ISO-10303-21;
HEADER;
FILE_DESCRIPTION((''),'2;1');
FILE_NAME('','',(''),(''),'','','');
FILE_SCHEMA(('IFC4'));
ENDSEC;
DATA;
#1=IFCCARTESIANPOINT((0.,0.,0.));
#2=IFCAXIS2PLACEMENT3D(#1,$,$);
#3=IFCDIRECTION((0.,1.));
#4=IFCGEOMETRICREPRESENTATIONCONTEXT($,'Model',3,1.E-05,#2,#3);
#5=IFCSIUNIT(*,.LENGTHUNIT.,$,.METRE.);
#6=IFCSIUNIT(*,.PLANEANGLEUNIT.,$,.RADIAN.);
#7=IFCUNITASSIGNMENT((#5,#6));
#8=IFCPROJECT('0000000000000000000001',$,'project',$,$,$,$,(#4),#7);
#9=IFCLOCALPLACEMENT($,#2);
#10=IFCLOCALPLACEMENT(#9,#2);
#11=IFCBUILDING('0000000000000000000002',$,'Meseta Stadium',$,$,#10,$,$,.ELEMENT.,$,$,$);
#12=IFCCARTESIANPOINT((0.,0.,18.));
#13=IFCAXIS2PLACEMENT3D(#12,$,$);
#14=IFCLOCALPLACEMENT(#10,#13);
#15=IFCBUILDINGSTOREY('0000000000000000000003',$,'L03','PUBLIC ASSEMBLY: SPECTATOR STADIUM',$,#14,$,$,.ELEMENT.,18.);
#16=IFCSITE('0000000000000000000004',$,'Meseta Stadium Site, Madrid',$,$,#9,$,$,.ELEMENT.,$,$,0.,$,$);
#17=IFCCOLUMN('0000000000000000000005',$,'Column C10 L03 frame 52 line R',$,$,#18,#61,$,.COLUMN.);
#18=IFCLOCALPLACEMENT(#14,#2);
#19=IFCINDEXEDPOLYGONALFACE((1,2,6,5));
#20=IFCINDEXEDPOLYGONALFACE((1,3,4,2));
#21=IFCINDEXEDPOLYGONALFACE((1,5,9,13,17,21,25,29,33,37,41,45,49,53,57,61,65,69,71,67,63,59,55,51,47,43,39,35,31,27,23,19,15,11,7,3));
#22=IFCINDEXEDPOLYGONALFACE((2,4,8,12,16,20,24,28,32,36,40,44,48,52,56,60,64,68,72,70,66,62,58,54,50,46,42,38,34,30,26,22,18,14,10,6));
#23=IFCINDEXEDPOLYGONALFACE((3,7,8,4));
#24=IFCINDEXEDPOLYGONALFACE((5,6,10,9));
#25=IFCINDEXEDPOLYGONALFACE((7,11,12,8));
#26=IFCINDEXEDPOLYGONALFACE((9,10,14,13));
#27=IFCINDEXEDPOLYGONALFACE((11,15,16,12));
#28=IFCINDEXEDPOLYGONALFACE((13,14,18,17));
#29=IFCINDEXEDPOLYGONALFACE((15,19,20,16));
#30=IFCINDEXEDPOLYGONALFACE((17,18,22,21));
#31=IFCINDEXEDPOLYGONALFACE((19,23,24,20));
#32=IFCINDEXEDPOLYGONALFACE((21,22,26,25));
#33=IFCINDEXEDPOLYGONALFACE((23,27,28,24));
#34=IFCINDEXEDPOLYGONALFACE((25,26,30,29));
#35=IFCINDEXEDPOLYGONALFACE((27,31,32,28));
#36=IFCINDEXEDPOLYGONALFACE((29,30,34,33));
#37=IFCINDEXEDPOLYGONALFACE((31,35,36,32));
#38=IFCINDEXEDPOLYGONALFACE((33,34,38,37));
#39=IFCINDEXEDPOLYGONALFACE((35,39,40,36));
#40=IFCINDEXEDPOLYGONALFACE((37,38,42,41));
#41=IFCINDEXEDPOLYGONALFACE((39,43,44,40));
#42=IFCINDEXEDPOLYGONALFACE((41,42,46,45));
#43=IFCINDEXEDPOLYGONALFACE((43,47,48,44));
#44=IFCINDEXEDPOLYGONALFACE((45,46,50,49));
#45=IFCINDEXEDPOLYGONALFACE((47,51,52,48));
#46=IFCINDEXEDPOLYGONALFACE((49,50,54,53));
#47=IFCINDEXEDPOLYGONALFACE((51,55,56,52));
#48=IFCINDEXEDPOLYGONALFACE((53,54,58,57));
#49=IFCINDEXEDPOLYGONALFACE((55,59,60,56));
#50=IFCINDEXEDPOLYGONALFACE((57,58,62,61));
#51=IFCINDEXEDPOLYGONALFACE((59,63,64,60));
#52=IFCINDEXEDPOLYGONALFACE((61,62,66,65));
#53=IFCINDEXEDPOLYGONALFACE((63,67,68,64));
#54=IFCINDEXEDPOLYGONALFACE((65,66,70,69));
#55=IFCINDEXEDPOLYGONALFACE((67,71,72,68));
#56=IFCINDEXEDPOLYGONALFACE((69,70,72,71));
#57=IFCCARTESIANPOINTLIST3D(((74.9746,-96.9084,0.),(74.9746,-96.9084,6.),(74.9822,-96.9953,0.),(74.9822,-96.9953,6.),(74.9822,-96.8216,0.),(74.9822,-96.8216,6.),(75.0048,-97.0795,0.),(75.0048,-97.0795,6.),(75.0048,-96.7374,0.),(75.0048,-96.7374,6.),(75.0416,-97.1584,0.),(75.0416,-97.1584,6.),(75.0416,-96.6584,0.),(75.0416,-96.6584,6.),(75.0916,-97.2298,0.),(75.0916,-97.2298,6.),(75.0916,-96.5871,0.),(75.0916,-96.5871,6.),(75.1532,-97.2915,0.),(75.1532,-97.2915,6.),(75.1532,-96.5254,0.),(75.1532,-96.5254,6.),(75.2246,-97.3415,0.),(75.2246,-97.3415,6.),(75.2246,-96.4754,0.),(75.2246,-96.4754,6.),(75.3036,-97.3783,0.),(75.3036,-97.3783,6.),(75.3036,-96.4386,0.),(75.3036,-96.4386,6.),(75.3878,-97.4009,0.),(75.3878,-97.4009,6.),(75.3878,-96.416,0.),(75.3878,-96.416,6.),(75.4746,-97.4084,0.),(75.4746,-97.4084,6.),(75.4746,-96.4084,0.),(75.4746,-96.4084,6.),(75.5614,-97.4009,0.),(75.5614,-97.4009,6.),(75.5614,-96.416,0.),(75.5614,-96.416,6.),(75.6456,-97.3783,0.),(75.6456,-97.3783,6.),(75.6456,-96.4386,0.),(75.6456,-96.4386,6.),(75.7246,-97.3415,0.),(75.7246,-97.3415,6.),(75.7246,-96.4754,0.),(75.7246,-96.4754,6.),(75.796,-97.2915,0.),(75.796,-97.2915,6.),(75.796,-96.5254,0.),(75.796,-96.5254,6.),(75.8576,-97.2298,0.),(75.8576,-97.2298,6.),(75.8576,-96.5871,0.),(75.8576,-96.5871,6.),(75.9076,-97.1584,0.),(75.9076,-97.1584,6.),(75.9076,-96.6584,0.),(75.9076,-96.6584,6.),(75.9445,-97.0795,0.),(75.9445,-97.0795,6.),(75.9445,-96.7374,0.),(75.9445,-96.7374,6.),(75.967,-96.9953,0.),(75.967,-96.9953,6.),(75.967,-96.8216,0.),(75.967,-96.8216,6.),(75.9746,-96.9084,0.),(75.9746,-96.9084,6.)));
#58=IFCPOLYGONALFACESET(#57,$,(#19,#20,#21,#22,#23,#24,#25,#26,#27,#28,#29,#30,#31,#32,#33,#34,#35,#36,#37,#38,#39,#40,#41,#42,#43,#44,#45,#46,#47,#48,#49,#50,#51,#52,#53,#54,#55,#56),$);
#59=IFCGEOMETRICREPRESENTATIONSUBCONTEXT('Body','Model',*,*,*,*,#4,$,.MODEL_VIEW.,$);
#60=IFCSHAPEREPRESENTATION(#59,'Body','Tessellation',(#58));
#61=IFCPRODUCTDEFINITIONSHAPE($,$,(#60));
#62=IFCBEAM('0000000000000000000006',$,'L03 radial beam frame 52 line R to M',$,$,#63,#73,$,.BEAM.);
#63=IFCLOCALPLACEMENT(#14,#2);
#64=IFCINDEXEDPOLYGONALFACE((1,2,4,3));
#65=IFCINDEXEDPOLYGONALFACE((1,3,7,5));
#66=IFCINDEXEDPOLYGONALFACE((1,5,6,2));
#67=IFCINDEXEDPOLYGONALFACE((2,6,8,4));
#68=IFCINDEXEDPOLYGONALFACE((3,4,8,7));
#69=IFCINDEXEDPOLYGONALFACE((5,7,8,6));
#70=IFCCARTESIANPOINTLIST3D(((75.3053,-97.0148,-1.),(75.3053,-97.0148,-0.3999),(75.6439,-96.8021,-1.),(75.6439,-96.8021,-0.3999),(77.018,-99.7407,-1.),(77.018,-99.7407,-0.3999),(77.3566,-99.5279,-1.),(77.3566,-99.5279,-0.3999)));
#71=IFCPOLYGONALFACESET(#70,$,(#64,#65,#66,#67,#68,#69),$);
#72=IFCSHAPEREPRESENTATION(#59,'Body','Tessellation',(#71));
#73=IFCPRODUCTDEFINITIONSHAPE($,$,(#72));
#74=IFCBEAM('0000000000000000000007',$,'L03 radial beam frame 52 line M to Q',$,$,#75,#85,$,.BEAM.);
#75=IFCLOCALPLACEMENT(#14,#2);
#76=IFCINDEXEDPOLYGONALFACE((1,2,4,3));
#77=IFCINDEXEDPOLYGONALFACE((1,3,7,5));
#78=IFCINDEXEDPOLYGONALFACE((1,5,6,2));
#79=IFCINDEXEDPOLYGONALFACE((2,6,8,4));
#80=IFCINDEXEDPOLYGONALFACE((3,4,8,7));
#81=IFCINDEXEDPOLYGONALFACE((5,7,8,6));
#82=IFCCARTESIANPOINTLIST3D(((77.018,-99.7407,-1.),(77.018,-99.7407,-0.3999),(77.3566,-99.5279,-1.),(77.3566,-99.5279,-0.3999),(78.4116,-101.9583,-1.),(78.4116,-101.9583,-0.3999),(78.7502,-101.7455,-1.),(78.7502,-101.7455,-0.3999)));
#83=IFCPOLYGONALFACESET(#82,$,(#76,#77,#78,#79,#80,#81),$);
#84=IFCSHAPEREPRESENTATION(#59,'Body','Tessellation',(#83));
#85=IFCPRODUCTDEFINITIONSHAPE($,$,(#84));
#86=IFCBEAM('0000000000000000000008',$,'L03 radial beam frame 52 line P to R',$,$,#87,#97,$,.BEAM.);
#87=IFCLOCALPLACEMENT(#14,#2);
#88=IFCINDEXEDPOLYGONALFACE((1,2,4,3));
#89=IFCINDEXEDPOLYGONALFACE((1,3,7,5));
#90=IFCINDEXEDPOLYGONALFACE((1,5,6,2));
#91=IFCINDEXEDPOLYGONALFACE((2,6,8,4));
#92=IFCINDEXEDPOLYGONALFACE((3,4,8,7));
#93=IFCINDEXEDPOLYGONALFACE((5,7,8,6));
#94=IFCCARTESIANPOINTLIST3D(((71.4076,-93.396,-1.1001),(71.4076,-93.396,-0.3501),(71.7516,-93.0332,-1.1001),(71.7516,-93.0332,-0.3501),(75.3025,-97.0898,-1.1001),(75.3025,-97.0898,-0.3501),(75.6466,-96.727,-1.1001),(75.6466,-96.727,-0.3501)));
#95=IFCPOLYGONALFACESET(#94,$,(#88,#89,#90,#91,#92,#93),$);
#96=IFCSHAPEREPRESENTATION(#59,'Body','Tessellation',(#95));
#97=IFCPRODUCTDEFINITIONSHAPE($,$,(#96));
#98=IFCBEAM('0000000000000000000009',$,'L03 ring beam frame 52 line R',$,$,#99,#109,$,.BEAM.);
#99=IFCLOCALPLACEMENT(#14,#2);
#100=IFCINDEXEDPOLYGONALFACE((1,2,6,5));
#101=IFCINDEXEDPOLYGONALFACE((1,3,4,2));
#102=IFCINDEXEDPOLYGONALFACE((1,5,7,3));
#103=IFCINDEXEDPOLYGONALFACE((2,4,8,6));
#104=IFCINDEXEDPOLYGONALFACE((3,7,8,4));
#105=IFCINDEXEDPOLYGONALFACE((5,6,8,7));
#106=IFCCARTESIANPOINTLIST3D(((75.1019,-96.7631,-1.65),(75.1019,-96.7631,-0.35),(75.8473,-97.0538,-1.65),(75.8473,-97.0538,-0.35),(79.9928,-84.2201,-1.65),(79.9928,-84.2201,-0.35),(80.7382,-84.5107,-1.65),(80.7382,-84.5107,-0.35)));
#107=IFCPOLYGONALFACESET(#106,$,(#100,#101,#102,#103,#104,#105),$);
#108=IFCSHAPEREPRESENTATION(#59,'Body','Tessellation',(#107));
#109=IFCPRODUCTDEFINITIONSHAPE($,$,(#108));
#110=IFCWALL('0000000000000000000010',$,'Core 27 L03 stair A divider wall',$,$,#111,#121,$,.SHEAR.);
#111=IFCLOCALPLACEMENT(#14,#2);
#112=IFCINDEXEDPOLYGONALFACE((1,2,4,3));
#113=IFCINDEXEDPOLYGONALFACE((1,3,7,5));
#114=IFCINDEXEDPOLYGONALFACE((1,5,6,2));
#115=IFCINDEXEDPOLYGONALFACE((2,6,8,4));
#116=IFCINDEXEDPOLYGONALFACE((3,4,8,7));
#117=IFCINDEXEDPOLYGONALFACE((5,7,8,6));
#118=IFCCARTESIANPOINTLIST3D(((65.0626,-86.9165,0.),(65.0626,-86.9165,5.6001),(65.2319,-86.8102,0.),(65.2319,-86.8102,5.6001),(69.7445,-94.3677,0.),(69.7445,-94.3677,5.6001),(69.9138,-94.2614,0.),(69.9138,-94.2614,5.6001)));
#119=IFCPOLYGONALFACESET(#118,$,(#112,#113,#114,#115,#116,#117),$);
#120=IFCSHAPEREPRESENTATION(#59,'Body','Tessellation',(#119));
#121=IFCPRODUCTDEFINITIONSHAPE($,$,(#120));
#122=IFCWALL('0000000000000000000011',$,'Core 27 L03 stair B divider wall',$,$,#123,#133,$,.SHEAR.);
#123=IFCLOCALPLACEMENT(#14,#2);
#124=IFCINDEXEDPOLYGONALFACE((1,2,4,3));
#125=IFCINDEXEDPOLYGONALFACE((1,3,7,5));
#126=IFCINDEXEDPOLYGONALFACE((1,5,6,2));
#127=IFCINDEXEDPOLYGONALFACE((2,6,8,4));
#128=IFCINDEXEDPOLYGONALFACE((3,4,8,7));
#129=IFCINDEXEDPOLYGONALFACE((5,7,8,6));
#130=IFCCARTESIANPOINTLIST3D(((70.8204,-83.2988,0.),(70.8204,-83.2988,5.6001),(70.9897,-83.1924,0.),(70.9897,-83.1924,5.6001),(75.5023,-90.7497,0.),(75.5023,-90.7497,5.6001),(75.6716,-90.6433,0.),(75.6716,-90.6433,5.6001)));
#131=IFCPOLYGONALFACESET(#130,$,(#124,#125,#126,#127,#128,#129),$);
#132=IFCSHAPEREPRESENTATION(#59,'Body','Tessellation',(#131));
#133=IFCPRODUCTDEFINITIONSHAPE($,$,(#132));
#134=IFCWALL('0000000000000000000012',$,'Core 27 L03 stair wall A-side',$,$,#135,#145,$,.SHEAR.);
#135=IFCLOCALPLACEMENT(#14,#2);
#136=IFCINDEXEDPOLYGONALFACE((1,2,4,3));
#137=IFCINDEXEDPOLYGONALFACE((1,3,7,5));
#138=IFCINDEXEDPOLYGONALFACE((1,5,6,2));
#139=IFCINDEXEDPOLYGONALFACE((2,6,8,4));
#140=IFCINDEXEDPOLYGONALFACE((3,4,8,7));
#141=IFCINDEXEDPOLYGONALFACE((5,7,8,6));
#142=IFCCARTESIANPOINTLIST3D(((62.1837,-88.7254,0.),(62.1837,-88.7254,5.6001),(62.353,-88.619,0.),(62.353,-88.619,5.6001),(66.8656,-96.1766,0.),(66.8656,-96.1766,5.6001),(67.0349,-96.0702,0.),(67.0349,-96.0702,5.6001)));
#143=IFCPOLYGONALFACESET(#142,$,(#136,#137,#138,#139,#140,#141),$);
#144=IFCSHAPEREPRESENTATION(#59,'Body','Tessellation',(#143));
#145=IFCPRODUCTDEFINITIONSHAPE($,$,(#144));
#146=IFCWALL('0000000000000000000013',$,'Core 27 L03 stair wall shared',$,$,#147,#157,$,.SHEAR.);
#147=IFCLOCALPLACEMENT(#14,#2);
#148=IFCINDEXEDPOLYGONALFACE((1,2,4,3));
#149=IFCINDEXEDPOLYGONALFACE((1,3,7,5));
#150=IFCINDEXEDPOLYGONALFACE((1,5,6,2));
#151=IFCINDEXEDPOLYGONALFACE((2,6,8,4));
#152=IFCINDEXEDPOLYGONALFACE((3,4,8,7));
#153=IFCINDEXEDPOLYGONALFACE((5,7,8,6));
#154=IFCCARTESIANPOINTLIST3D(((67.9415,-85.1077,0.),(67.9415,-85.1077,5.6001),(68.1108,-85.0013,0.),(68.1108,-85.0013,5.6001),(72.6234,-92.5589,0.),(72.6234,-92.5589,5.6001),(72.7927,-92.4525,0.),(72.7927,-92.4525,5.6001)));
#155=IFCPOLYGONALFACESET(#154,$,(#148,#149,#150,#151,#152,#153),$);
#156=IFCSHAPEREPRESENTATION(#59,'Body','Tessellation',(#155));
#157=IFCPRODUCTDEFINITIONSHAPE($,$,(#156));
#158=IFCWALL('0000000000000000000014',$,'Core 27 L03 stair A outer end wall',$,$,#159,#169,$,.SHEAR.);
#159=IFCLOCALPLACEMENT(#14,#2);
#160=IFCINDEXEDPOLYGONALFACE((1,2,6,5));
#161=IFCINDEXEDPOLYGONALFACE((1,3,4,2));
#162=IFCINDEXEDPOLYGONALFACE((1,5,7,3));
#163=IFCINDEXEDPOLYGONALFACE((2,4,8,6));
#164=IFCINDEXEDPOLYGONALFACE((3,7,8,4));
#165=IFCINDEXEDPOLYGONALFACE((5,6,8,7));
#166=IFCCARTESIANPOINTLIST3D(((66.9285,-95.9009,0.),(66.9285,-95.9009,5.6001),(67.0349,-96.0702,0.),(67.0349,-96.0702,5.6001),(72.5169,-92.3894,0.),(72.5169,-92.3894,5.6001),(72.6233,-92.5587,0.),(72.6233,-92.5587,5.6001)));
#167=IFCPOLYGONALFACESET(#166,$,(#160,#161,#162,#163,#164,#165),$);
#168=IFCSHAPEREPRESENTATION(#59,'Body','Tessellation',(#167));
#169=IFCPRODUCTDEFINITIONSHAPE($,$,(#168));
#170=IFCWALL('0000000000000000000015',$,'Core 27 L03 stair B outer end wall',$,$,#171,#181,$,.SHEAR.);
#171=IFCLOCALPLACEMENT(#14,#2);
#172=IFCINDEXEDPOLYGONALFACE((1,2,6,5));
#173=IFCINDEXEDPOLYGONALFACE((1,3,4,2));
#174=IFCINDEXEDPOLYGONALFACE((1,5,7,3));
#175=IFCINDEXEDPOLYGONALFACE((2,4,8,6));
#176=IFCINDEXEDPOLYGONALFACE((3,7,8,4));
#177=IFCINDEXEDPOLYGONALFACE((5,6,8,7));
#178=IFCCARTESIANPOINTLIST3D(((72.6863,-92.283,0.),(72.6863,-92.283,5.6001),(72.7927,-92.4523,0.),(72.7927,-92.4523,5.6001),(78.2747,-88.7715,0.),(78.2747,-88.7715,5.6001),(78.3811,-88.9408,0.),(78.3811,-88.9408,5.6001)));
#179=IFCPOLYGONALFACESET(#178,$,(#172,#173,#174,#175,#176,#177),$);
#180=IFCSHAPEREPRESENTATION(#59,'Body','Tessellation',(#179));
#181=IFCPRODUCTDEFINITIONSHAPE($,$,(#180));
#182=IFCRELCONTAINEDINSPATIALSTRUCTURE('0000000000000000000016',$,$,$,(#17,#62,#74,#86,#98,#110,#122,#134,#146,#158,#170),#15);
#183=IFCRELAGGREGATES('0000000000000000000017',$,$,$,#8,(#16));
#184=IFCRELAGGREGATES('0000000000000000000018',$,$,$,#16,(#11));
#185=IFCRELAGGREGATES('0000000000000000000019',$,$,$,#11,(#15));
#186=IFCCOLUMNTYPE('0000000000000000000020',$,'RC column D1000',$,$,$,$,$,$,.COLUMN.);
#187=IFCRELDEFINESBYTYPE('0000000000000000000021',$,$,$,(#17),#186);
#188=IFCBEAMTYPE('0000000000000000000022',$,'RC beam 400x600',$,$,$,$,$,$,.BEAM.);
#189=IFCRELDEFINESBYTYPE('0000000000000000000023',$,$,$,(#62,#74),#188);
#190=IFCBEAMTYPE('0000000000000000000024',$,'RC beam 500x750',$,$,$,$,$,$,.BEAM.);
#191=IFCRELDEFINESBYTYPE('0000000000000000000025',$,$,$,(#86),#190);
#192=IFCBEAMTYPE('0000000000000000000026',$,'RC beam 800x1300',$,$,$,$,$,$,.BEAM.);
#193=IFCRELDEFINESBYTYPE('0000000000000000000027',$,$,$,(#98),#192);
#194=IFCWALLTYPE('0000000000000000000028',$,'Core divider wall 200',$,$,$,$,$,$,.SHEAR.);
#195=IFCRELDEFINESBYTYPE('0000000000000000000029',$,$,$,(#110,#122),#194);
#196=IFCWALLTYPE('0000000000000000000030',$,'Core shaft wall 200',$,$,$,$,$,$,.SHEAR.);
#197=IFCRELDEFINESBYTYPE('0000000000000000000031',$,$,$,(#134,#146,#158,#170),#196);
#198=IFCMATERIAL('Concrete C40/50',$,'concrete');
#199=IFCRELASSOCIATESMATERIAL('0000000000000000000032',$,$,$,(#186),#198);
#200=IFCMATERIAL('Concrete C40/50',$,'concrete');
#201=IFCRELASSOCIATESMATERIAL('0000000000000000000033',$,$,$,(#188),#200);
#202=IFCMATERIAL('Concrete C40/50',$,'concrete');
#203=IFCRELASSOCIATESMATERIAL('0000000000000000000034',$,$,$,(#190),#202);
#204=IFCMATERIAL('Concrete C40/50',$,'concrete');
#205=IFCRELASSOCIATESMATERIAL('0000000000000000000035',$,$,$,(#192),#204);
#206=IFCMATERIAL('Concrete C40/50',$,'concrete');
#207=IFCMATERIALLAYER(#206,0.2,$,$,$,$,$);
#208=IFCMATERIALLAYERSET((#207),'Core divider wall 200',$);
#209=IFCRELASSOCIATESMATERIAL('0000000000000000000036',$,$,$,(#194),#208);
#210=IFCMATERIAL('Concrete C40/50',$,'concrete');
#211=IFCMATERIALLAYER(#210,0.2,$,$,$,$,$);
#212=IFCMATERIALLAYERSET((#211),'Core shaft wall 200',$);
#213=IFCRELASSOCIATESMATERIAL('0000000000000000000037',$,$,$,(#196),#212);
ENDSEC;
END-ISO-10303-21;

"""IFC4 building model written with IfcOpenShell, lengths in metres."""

from ifc_helpers import new_model, si_unit, direction, frame, frame_2d, origin, origin_2d, place, context, subcontext, project, spatial, rectangle, circle, extrude, material, layer, layer_set, material_profile, profile_set, type_object, element, save


model = new_model("IFC4")

# Units and contexts
model_context = context("Model", 3, precision=1e-05, world=origin(), true_north=direction((0.0, 1.0)))
body_context = subcontext(model_context, "Body", "Model", "MODEL_VIEW")
ifc_project = project(units=[si_unit("LENGTHUNIT", "METRE"), si_unit("PLANEANGLEUNIT", "RADIAN")], contexts=[model_context])

# Site, building, storey
site_placement = place(None, origin())
site = spatial("IfcSite", under=ifc_project, at=site_placement, Name="Meseta Stadium Site, Madrid", CompositionType="ELEMENT", RefElevation=0.0)
building_placement = place(site_placement, origin())
building = spatial("IfcBuilding", under=site, at=building_placement, Name="Meseta Stadium", CompositionType="ELEMENT")
storey_placement = place(building_placement, frame((0.0, 0.0, 18.0)))
storey = spatial("IfcBuildingStorey", under=building, at=storey_placement, Name="L03", Description="PUBLIC ASSEMBLY: SPECTATOR STADIUM", CompositionType="ELEMENT", Elevation=18.0)

# Column
ifc_material_1 = material(Name="Concrete C40/50", Category="concrete")
ifc_material_profile_1 = material_profile(ifc_material_1, circle(Radius=0.5, at=origin_2d()), Name="RC D1000")
ifc_profile_set_1 = profile_set([ifc_material_profile_1], Name="Concrete C40/50")
column_type = type_object("IfcColumnType", Name="RC column D1000", PredefinedType="COLUMN", material=ifc_profile_set_1)
column_placement = place(storey_placement, frame((75.4746, -96.9084, 0.0), z_axis=(0.0, 0.0, 1.0), x_axis=(1.0, 0.0, 0.0)))
element("IfcColumn", 1, at=column_placement, inside=storey, type_object=column_type, Name="Column C10 L03 frame 52 line R", PredefinedType="COLUMN", context=body_context, shape_type="SweptSolid", body=[
    extrude(circle(Radius=0.5, at=origin_2d()), origin(), (0.0, 0.0, 1.0), 6.0),
])

# Beams
ifc_material_2 = material(Name="Concrete C40/50", Category="concrete")
ifc_material_profile_2 = material_profile(ifc_material_2, rectangle(XDim=0.3999, YDim=0.6001, at=origin_2d()), Name="RC 400x600")
ifc_profile_set_2 = profile_set([ifc_material_profile_2], Name="Concrete C40/50")
beam_type_1 = type_object("IfcBeamType", Name="RC beam 400x600", PredefinedType="BEAM", material=ifc_profile_set_2)
beam_1_placement = place(storey_placement, frame((75.4746, -96.9084, -0.7), z_axis=(0.532008, -0.846739, 0.0), x_axis=(0.846739, 0.532008, 0.0)))
element("IfcBeam", 2, at=beam_1_placement, inside=storey, type_object=beam_type_1, Name="L03 radial beam frame 52 line R to M", PredefinedType="BEAM", context=body_context, shape_type="SweptSolid", body=[
    extrude(rectangle(XDim=0.3999, YDim=0.6001, at=origin_2d()), origin(), (0.0, 0.0, 1.0), 3.2192),
])
beam_2_placement = place(storey_placement, frame((77.1873, -99.6343, -0.7), z_axis=(0.532084, -0.846692, 0.0), x_axis=(0.846692, 0.532084, 0.0)))
element("IfcBeam", 3, at=beam_2_placement, inside=storey, type_object=beam_type_1, Name="L03 radial beam frame 52 line M to Q", PredefinedType="BEAM", context=body_context, shape_type="SweptSolid", body=[
    extrude(rectangle(XDim=0.3999, YDim=0.6001, at=origin_2d()), origin(), (0.0, 0.0, 1.0), 2.6191),
])
ifc_material_3 = material(Name="Concrete C40/50", Category="concrete")
ifc_material_profile_3 = material_profile(ifc_material_3, rectangle(XDim=0.5, YDim=0.75, at=origin_2d()), Name="RC 500x750")
ifc_profile_set_3 = profile_set([ifc_material_profile_3], Name="Concrete C40/50")
beam_type_2 = type_object("IfcBeamType", Name="RC beam 500x750", PredefinedType="BEAM", material=ifc_profile_set_3)
beam_3_placement = place(storey_placement, frame((71.5796, -93.2146, -0.7251), z_axis=(0.725596, -0.68812, 0.0), x_axis=(0.68812, 0.725596, 0.0)))
element("IfcBeam", 4, at=beam_3_placement, inside=storey, type_object=beam_type_2, Name="L03 radial beam frame 52 line P to R", PredefinedType="BEAM", context=body_context, shape_type="SweptSolid", body=[
    extrude(rectangle(XDim=0.5, YDim=0.75, at=origin_2d()), origin(), (0.0, 0.0, 1.0), 5.3679),
])
ifc_material_4 = material(Name="Concrete C40/50", Category="concrete")
ifc_material_profile_4 = material_profile(ifc_material_4, rectangle(XDim=0.8, YDim=1.3, at=origin_2d()), Name="RC 800x1300")
ifc_profile_set_4 = profile_set([ifc_material_profile_4], Name="Concrete C40/50")
beam_type_3 = type_object("IfcBeamType", Name="RC beam 800x1300", PredefinedType="BEAM", material=ifc_profile_set_4)
beam_4_placement = place(storey_placement, frame((75.4746, -96.9084, -1.0), z_axis=(0.363288, 0.931677, 0.0), x_axis=(-0.931677, 0.363288, 0.0)))
element("IfcBeam", 5, at=beam_4_placement, inside=storey, type_object=beam_type_3, Name="L03 ring beam frame 52 line R", PredefinedType="BEAM", context=body_context, shape_type="SweptSolid", body=[
    extrude(rectangle(XDim=0.8, YDim=1.3, at=origin_2d()), origin(), (0.0, 0.0, 1.0), 13.4629),
])

# Walls
ifc_material_5 = material(Name="Concrete C40/50", Category="concrete")
ifc_layer_1 = layer(ifc_material_5, 0.2)
ifc_layer_set_1 = layer_set([ifc_layer_1], Name="Core divider wall 200")
wall_type_1 = type_object("IfcWallType", Name="Core divider wall 200", PredefinedType="SHEAR", material=ifc_layer_set_1)
wall_1_placement = place(storey_placement, frame((69.8291, -94.3145, 0.0), z_axis=(0.0, 0.0, 1.0), x_axis=(-0.532032, 0.846724, 0.0)))
element("IfcWall", 6, at=wall_1_placement, inside=storey, type_object=wall_type_1, Name="Core 27 L03 stair A divider wall", PredefinedType="SHEAR", context=body_context, shape_type="SweptSolid", body=[
    extrude(rectangle(XDim=8.8, YDim=0.2, at=frame_2d((4.3999, 0.0))), origin(), (0.0, 0.0, 1.0), 5.6001),
])
wall_2_placement = place(storey_placement, frame((75.5869, -90.6965, 0.0), z_axis=(0.0, 0.0, 1.0), x_axis=(-0.532045, 0.846716, 0.0)))
element("IfcWall", 7, at=wall_2_placement, inside=storey, type_object=wall_type_1, Name="Core 27 L03 stair B divider wall", PredefinedType="SHEAR", context=body_context, shape_type="SweptSolid", body=[
    extrude(rectangle(XDim=8.7998, YDim=0.2, at=frame_2d((4.3999, 0.0))), origin(), (0.0, 0.0, 1.0), 5.6001),
])
ifc_material_6 = material(Name="Concrete C40/50", Category="concrete")
ifc_layer_2 = layer(ifc_material_6, 0.2)
ifc_layer_set_2 = layer_set([ifc_layer_2], Name="Core shaft wall 200")
wall_type_2 = type_object("IfcWallType", Name="Core shaft wall 200", PredefinedType="SHEAR", material=ifc_layer_set_2)
for number, where, z_axis, x_axis, name in (
    (8, (66.9502, -96.1233, 0.0), (0.0, 0.0, 1.0), (-0.532032, 0.846724, 0.0), "Core 27 L03 stair wall A-side"),
    (9, (72.708, -92.5056, 0.0), (0.0, 0.0, 1.0), (-0.532032, 0.846724, 0.0), "Core 27 L03 stair wall shared"),
):
    element("IfcWall", number, at=place(storey_placement, frame(where, z_axis=z_axis, x_axis=x_axis)), inside=storey, type_object=wall_type_2, Name=name, PredefinedType="SHEAR", context=body_context, shape_type="SweptSolid", body=[
        extrude(rectangle(XDim=8.8, YDim=0.2, at=frame_2d((4.3999, 0.0))), origin(), (0.0, 0.0, 1.0), 5.6001),
    ])
for number, where, z_axis, x_axis, name in (
    (10, (66.9817, -95.9856, 0.0), (0.0, 0.0, 1.0), (0.84672, 0.532039, 0.0), "Core 27 L03 stair A outer end wall"),
    (11, (72.7395, -92.3677, 0.0), (0.0, 0.0, 1.0), (0.84672, 0.532039, 0.0), "Core 27 L03 stair B outer end wall"),
):
    element("IfcWall", number, at=place(storey_placement, frame(where, z_axis=z_axis, x_axis=x_axis)), inside=storey, type_object=wall_type_2, Name=name, PredefinedType="SHEAR", context=body_context, shape_type="SweptSolid", body=[
        extrude(rectangle(XDim=6.6001, YDim=0.2, at=frame_2d((3.3, 0.0))), origin(), (0.0, 0.0, 1.0), 5.6001),
    ])

save(model, "model.ifc")
